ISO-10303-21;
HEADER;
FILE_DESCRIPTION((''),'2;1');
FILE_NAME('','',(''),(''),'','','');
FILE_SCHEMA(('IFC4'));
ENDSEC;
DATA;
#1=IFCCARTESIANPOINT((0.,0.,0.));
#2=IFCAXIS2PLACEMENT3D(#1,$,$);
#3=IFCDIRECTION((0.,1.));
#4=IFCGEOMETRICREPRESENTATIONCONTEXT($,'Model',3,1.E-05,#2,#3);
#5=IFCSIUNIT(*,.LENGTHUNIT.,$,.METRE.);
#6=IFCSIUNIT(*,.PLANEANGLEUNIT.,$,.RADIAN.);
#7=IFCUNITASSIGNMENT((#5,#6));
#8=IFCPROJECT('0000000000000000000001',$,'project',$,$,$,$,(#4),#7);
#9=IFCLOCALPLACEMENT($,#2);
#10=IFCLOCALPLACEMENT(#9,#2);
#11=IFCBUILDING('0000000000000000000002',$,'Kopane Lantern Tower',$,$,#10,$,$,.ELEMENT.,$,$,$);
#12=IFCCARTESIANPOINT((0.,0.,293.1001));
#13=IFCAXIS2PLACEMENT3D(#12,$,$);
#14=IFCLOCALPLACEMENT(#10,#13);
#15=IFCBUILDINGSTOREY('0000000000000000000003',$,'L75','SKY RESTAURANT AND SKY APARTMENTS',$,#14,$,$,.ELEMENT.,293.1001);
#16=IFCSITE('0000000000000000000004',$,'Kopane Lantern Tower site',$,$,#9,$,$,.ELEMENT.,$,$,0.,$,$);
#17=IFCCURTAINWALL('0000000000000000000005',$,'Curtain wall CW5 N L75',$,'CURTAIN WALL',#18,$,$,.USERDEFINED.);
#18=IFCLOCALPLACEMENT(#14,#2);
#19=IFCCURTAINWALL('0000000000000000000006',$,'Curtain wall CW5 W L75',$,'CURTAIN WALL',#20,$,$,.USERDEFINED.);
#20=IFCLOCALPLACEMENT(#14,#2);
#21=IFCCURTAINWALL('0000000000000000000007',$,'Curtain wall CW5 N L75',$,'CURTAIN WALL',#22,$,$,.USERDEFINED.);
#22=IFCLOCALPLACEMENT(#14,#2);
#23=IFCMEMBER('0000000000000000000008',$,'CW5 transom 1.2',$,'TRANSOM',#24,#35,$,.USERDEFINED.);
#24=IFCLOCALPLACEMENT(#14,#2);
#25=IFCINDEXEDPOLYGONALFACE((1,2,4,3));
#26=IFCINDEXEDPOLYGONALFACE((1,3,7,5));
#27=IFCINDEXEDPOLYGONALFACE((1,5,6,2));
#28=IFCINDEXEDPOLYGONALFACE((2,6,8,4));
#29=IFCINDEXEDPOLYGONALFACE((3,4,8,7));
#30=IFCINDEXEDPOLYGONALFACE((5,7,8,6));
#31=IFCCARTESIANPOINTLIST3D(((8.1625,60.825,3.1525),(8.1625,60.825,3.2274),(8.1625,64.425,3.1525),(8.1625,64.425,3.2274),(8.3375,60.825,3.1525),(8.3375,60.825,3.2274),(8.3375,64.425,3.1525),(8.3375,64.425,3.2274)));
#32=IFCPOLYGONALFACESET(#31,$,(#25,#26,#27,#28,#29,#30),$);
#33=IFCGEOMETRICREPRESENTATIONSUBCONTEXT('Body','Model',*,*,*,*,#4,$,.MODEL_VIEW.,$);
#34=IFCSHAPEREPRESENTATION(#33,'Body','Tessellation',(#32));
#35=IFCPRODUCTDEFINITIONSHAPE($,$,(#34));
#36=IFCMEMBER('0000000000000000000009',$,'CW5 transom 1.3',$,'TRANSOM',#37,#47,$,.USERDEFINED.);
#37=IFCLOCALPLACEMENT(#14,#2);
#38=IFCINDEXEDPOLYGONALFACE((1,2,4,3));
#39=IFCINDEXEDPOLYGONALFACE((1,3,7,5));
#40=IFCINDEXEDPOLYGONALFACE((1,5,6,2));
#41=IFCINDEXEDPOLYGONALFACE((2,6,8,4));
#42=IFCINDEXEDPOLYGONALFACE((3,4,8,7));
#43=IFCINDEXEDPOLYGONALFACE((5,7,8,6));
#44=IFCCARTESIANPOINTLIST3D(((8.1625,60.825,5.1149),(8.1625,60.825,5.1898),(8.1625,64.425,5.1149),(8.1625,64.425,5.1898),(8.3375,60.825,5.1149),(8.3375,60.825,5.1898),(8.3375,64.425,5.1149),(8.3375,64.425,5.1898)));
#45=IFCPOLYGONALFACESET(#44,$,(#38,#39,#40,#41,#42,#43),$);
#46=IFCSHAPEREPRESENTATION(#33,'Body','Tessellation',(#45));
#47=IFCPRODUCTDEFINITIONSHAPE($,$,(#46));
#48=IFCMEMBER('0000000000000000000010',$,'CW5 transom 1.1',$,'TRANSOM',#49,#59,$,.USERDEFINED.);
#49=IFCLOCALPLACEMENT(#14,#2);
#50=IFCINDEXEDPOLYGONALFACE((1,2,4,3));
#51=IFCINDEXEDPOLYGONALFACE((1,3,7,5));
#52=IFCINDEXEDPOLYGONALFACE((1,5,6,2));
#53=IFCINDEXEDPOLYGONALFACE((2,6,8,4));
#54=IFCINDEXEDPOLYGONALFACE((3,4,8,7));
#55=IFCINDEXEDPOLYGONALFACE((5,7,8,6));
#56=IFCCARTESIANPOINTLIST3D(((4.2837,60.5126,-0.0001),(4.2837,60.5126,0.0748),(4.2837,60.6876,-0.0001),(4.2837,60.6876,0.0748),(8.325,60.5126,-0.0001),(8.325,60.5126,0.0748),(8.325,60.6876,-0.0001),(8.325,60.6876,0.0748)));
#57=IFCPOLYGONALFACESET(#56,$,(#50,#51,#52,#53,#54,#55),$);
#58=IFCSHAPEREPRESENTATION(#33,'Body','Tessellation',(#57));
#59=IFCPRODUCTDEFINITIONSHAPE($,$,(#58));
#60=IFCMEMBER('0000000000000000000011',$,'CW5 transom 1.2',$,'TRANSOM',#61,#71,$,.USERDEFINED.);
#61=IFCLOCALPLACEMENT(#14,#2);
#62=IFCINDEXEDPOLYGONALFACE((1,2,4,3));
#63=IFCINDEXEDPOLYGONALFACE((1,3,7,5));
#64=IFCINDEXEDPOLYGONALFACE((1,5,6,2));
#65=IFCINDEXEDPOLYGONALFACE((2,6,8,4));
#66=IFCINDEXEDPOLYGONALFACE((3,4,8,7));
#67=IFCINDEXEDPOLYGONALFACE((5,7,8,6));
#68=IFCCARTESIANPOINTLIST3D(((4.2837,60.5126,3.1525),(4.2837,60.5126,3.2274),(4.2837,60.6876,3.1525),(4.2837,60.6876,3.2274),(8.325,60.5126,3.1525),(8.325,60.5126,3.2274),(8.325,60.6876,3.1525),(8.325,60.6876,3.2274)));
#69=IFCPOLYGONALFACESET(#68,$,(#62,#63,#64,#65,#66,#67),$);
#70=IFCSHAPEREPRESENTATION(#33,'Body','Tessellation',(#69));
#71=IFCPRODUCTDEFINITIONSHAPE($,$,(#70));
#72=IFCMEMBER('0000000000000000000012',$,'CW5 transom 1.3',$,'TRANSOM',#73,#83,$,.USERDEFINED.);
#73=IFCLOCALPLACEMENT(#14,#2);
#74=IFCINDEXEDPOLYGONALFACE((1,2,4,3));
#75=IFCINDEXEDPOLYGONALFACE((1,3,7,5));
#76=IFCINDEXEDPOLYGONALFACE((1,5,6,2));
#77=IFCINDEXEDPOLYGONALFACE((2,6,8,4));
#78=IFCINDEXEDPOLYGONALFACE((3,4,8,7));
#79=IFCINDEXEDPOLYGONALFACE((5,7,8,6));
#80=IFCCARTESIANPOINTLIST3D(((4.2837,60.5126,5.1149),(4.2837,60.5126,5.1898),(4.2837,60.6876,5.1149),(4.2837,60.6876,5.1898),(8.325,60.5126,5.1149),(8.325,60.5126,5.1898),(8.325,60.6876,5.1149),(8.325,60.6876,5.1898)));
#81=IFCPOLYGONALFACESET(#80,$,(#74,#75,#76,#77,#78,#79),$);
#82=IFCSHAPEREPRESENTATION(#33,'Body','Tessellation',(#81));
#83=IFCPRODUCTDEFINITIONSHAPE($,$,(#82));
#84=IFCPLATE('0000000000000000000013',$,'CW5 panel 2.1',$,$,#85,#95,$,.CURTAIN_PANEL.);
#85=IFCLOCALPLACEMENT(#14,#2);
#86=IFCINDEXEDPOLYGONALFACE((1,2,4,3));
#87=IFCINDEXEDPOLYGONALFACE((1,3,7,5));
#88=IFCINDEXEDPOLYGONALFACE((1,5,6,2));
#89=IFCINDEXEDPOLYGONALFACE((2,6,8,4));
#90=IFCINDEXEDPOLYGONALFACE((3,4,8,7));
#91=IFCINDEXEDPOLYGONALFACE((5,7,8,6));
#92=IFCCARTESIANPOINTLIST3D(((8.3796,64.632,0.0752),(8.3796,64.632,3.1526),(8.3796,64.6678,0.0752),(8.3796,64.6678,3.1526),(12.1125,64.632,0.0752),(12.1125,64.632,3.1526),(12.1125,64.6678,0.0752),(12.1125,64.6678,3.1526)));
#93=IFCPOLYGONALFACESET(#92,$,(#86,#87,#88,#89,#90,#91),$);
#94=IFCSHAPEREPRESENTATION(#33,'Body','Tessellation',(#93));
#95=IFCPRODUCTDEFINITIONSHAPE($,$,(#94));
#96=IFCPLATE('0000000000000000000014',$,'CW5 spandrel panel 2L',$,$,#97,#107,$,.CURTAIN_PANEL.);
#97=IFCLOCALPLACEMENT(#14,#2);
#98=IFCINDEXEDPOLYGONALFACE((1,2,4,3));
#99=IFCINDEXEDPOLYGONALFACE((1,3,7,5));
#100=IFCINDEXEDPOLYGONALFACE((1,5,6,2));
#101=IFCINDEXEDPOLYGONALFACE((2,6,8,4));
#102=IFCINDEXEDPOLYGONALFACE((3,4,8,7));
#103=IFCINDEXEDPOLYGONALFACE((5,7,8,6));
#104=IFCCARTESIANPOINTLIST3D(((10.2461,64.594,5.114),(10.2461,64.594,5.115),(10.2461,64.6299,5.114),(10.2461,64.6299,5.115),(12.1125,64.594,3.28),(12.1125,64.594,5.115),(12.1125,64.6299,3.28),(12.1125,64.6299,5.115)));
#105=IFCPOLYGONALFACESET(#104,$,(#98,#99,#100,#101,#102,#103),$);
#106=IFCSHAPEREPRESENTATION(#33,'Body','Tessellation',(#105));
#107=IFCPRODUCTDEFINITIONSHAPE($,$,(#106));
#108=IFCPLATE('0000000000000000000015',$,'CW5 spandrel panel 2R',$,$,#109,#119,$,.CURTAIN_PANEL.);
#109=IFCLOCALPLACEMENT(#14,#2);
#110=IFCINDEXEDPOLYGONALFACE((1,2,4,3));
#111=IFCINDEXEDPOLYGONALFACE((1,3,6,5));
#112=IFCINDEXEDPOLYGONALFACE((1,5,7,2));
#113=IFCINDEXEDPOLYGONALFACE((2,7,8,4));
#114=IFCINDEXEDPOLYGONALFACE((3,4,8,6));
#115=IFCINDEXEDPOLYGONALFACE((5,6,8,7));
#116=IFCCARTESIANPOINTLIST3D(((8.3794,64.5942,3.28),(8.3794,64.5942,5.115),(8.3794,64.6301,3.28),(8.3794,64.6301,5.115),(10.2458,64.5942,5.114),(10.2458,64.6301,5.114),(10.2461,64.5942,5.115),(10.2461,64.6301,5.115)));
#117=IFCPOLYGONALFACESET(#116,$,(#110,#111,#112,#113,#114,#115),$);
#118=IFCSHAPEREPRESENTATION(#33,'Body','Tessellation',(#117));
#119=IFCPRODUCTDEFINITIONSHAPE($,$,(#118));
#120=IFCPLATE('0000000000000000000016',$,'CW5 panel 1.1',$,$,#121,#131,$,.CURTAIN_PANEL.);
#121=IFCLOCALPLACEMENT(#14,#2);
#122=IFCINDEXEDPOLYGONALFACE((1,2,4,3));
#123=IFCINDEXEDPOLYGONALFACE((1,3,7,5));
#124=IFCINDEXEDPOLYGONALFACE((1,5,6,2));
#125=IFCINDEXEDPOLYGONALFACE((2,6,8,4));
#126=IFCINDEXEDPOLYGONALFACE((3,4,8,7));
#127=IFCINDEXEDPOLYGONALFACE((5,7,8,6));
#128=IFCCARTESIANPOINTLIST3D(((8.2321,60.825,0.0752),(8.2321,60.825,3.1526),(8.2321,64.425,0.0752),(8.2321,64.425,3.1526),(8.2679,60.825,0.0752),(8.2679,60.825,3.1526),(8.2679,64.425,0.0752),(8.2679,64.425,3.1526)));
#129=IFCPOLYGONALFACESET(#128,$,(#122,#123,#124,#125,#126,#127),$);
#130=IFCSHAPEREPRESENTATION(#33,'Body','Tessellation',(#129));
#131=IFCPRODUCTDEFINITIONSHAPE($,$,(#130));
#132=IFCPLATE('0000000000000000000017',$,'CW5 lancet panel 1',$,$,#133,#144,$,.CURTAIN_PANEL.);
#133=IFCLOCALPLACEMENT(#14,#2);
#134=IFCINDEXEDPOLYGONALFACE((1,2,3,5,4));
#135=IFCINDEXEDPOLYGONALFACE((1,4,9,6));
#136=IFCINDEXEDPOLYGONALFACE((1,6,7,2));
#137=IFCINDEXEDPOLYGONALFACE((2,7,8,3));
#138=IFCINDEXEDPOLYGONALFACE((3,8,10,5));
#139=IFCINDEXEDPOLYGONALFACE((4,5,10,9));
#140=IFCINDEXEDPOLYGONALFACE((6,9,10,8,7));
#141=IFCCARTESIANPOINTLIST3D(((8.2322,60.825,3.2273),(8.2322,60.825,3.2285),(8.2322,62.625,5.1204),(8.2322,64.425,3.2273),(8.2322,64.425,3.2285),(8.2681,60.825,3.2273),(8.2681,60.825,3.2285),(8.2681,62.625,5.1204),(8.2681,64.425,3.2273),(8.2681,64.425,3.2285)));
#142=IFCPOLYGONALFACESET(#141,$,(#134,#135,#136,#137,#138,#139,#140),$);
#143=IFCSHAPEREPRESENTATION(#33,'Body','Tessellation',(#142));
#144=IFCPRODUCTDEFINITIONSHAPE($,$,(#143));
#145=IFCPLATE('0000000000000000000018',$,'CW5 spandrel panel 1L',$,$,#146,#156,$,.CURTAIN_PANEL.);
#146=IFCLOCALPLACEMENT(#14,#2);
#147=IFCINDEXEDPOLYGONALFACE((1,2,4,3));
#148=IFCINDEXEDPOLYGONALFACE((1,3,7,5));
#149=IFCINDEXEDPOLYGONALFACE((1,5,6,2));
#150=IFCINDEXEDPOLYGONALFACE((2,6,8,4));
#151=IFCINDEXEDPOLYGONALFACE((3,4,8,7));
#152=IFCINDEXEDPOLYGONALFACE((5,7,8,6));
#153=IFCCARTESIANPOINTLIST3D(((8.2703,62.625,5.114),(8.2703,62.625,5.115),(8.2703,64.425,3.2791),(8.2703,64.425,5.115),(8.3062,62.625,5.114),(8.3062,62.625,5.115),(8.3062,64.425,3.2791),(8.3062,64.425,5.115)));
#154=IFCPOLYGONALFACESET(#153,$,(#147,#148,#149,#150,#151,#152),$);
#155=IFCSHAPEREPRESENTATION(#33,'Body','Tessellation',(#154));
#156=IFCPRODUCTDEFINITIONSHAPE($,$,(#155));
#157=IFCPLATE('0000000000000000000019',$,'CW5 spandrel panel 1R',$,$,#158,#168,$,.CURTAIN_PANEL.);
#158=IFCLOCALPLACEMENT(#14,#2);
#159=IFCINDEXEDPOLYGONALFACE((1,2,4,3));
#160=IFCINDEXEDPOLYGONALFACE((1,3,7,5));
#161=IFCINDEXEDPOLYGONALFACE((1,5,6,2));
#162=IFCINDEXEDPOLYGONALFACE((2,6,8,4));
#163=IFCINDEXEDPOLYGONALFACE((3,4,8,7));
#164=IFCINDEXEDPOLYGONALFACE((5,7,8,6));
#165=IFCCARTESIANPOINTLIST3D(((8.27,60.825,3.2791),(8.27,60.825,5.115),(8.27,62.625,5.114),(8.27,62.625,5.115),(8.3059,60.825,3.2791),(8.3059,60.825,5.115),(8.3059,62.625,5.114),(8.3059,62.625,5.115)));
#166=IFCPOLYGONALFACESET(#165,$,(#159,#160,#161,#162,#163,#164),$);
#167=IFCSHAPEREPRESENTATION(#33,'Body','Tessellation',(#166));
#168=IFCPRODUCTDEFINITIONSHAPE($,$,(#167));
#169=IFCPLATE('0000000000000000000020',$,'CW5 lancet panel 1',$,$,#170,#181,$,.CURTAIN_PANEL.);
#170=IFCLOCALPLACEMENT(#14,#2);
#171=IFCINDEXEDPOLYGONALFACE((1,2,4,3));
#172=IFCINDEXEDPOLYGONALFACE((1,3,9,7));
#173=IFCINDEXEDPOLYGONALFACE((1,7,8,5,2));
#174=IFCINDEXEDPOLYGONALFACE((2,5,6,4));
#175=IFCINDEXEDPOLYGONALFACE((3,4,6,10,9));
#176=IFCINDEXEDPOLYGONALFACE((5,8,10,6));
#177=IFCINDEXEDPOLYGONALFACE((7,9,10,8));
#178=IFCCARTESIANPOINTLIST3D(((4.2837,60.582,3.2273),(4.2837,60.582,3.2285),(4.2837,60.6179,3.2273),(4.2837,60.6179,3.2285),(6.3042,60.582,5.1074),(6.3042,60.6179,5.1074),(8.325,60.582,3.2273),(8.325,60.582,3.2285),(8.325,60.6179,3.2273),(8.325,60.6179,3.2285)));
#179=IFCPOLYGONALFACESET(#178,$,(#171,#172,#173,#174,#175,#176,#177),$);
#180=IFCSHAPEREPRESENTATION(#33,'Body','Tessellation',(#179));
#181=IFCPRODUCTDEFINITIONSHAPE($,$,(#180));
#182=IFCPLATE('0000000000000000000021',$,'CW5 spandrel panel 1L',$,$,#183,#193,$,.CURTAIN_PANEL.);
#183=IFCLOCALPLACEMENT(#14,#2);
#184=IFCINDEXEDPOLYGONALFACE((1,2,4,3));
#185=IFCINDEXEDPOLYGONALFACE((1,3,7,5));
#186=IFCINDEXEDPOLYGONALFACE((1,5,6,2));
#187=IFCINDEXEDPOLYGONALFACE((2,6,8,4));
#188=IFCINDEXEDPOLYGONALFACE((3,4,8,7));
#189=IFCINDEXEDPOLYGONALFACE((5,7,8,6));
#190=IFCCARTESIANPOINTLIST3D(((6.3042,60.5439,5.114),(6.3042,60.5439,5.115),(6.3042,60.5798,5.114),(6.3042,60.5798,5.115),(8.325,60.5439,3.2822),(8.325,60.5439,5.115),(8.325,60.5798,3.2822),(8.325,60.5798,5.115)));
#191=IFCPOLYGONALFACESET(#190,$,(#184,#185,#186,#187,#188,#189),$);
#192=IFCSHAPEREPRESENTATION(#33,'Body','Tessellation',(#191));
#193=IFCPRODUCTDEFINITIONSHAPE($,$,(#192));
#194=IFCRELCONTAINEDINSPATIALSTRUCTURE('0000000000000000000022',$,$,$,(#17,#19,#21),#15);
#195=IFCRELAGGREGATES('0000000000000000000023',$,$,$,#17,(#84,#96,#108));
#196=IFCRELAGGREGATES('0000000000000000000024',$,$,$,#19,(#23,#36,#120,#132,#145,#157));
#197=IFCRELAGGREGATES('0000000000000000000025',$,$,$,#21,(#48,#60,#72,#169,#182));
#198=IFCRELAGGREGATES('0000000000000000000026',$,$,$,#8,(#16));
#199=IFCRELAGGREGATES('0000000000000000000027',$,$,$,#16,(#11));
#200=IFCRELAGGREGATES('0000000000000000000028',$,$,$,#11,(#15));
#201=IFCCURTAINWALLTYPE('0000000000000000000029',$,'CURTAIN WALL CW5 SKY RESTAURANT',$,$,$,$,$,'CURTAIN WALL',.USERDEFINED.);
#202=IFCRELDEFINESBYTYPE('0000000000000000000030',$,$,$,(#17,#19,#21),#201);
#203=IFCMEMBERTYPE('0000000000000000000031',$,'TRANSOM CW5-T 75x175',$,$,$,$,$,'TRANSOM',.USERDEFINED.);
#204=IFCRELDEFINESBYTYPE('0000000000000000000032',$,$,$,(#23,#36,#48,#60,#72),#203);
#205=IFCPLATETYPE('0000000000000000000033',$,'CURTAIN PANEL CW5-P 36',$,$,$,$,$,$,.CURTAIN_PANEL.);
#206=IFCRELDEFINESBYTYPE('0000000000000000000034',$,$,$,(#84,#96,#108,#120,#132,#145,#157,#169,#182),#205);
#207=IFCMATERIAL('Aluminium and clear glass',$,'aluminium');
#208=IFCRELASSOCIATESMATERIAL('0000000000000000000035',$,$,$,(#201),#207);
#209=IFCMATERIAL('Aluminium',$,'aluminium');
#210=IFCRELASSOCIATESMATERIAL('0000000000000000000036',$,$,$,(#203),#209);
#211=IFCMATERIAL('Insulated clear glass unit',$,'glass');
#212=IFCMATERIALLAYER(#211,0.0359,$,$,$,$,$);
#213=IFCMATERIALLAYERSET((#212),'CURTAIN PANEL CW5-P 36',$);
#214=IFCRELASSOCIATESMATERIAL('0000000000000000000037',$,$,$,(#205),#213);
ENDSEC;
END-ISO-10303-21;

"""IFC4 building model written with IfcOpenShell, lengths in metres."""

from ifc_helpers import new_model, si_unit, direction, frame, origin, origin_2d, place, context, subcontext, project, spatial, polyline, rectangle, outline, extrude, material, layer, layer_set, material_profile, profile_set, type_object, element, aggregate, save


model = new_model("IFC4")

# Units and contexts
model_context = context("Model", 3, precision=1e-05, world=origin(), true_north=direction((0.0, 1.0)))
body_context = subcontext(model_context, "Body", "Model", "MODEL_VIEW")
ifc_project = project(units=[si_unit("LENGTHUNIT", "METRE"), si_unit("PLANEANGLEUNIT", "RADIAN")], contexts=[model_context])

# Site, building, storey
site_placement = place(None, origin())
site = spatial("IfcSite", under=ifc_project, at=site_placement, Name="Kopane Lantern Tower site", CompositionType="ELEMENT", RefElevation=0.0)
building_placement = place(site_placement, origin())
building = spatial("IfcBuilding", under=site, at=building_placement, Name="Kopane Lantern Tower", CompositionType="ELEMENT")
storey_placement = place(building_placement, frame((0.0, 0.0, 293.1001)))
storey = spatial("IfcBuildingStorey", under=building, at=storey_placement, Name="L75", Description="SKY RESTAURANT AND SKY APARTMENTS", CompositionType="ELEMENT", Elevation=293.1001)

# Curtain walls
ifc_material_1 = material(Name="Aluminium and clear glass", Category="aluminium")
curtain_wall_type = type_object("IfcCurtainWallType", Name="CURTAIN WALL CW5 SKY RESTAURANT", ElementType="CURTAIN WALL", PredefinedType="USERDEFINED", material=ifc_material_1)
curtain_wall_1_placement = place(storey_placement, origin())
curtain_wall_1 = element("IfcCurtainWall", 1, at=curtain_wall_1_placement, inside=storey, type_object=curtain_wall_type, Name="Curtain wall CW5 N L75", ObjectType="CURTAIN WALL", PredefinedType="USERDEFINED")
curtain_wall_2_placement = place(storey_placement, origin())
curtain_wall_2 = element("IfcCurtainWall", 2, at=curtain_wall_2_placement, inside=storey, type_object=curtain_wall_type, Name="Curtain wall CW5 W L75", ObjectType="CURTAIN WALL", PredefinedType="USERDEFINED")
curtain_wall_3_placement = place(storey_placement, origin())
curtain_wall_3 = element("IfcCurtainWall", 3, at=curtain_wall_3_placement, inside=storey, type_object=curtain_wall_type, Name="Curtain wall CW5 N L75", ObjectType="CURTAIN WALL", PredefinedType="USERDEFINED")

# Members
ifc_material_2 = material(Name="Aluminium", Category="aluminium")
ifc_material_profile_1 = material_profile(ifc_material_2, rectangle(XDim=0.175, YDim=0.075, at=origin_2d()), Name="AL 175x75")
ifc_profile_set_1 = profile_set([ifc_material_profile_1], Name="Aluminium")
member_type_1 = type_object("IfcMemberType", Name="TRANSOM CW5-T 75x175", ElementType="TRANSOM", PredefinedType="USERDEFINED", material=ifc_profile_set_1)
member_1_placement = place(storey_placement, frame((8.25, 64.425, 3.1899), z_axis=(0.0, -1.0, 0.0), x_axis=(1.0, 0.0, 0.0)))
member_1 = element("IfcMember", 4, at=member_1_placement, type_object=member_type_1, Name="CW5 transom 1.2", ObjectType="TRANSOM", PredefinedType="USERDEFINED", context=body_context, shape_type="SweptSolid", body=[
    extrude(rectangle(XDim=0.175, YDim=0.075, at=origin_2d()), origin(), (0.0, 0.0, 1.0), 3.6001),
])
member_2_placement = place(storey_placement, frame((8.25, 64.425, 5.1523), z_axis=(0.0, -1.0, 0.0), x_axis=(1.0, 0.0, 0.0)))
member_2 = element("IfcMember", 5, at=member_2_placement, type_object=member_type_1, Name="CW5 transom 1.3", ObjectType="TRANSOM", PredefinedType="USERDEFINED", context=body_context, shape_type="SweptSolid", body=[
    extrude(rectangle(XDim=0.175, YDim=0.075, at=origin_2d()), origin(), (0.0, 0.0, 1.0), 3.6001),
])
member_3_placement = place(storey_placement, frame((8.325, 60.6001, 0.0374), z_axis=(-1.0, 0.0, 0.0), x_axis=(0.0, -1.0, 0.0)))
member_3 = element("IfcMember", 6, at=member_3_placement, type_object=member_type_1, Name="CW5 transom 1.1", ObjectType="TRANSOM", PredefinedType="USERDEFINED", context=body_context, shape_type="SweptSolid", body=[
    extrude(rectangle(XDim=0.175, YDim=0.075, at=origin_2d()), origin(), (0.0, 0.0, 1.0), 4.0413),
])
member_4_placement = place(storey_placement, frame((8.325, 60.6001, 3.1899), z_axis=(-1.0, 0.0, 0.0), x_axis=(0.0, -1.0, 0.0)))
member_4 = element("IfcMember", 7, at=member_4_placement, type_object=member_type_1, Name="CW5 transom 1.2", ObjectType="TRANSOM", PredefinedType="USERDEFINED", context=body_context, shape_type="SweptSolid", body=[
    extrude(rectangle(XDim=0.175, YDim=0.075, at=origin_2d()), origin(), (0.0, 0.0, 1.0), 4.0413),
])
member_5_placement = place(storey_placement, frame((8.325, 60.6001, 5.1523), z_axis=(-1.0, 0.0, 0.0), x_axis=(0.0, -1.0, 0.0)))
member_5 = element("IfcMember", 8, at=member_5_placement, type_object=member_type_1, Name="CW5 transom 1.3", ObjectType="TRANSOM", PredefinedType="USERDEFINED", context=body_context, shape_type="SweptSolid", body=[
    extrude(rectangle(XDim=0.175, YDim=0.075, at=origin_2d()), origin(), (0.0, 0.0, 1.0), 4.0413),
])

# Plates
ifc_material_3 = material(Name="Insulated clear glass unit", Category="glass")
ifc_layer_1 = layer(ifc_material_3, 0.0359)
ifc_layer_set_1 = layer_set([ifc_layer_1], Name="CURTAIN PANEL CW5-P 36")
plate_type = type_object("IfcPlateType", Name="CURTAIN PANEL CW5-P 36", PredefinedType="CURTAIN_PANEL", material=ifc_layer_set_1)
plate_1_placement = place(storey_placement, frame((10.2461, 64.6499, 0.0752), z_axis=(0.0, 0.0, 1.0), x_axis=(-1.0, 0.0, 0.0)))
plate_1 = element("IfcPlate", 9, at=plate_1_placement, type_object=plate_type, Name="CW5 panel 2.1", PredefinedType="CURTAIN_PANEL", context=body_context, shape_type="SweptSolid", body=[
    extrude(rectangle(XDim=3.7329, YDim=0.0359, at=origin_2d()), origin(), (0.0, 0.0, 1.0), 3.0774),
])
plate_2_placement = place(storey_placement, frame((12.1125, 64.6121, 5.115), z_axis=(0.0, 0.0, 1.0), x_axis=(-1.0, 0.0, 0.0)))
plate_2 = element("IfcPlate", 10, at=plate_2_placement, type_object=plate_type, Name="CW5 spandrel panel 2L", PredefinedType="CURTAIN_PANEL", context=body_context, shape_type="SweptSolid", body=[
    extrude(outline(polyline([(0.0, 0.0), (1.8665, 0.0), (1.8665, -0.001), (0.0, -1.835), (0.0, 0.0)])), frame((0.0, 0.0181, 0.0), z_axis=(0.0, -1.0, 0.0), x_axis=(1.0, 0.0, 0.0)), (0.0, 0.0, 1.0), 0.0359),
])
plate_3_placement = place(storey_placement, frame((8.3794, 64.6121, 5.115), z_axis=(0.0, 0.0, 1.0), x_axis=(1.0, 0.0, 0.0)))
plate_3 = element("IfcPlate", 11, at=plate_3_placement, type_object=plate_type, Name="CW5 spandrel panel 2R", PredefinedType="CURTAIN_PANEL", context=body_context, shape_type="SweptSolid", body=[
    extrude(outline(polyline([(0.0, 0.0), (1.8667, 0.0), (1.8665, -0.001), (0.0, -1.835), (0.0, 0.0)])), frame((0.0, 0.0181, 0.0), z_axis=(0.0, -1.0, 0.0), x_axis=(1.0, 0.0, 0.0)), (0.0, 0.0, 1.0), 0.0359),
])
aggregate(curtain_wall_1, [plate_1, plate_2, plate_3])
plate_4_placement = place(storey_placement, frame((8.25, 62.625, 0.0752), z_axis=(0.0, 0.0, 1.0), x_axis=(0.0, -1.0, 0.0)))
plate_4 = element("IfcPlate", 12, at=plate_4_placement, type_object=plate_type, Name="CW5 panel 1.1", PredefinedType="CURTAIN_PANEL", context=body_context, shape_type="SweptSolid", body=[
    extrude(rectangle(XDim=3.6001, YDim=0.0359, at=origin_2d()), origin(), (0.0, 0.0, 1.0), 3.0774),
])
plate_5_placement = place(storey_placement, frame((8.25, 64.425, 3.2273), z_axis=(0.0, 0.0, 1.0), x_axis=(0.0, -1.0, 0.0)))
plate_5 = element("IfcPlate", 13, at=plate_5_placement, type_object=plate_type, Name="CW5 lancet panel 1", PredefinedType="CURTAIN_PANEL", context=body_context, shape_type="SweptSolid", body=[
    extrude(outline(polyline([(0.0, 0.0), (3.6001, 0.0), (3.6001, 0.0012), (1.8, 1.8931), (0.0, 0.0012), (0.0, 0.0)])), frame((0.0, 0.0181, 0.0), z_axis=(0.0, -1.0, 0.0), x_axis=(1.0, 0.0, 0.0)), (0.0, 0.0, 1.0), 0.0359),
])
plate_6_placement = place(storey_placement, frame((8.2881, 64.425, 5.115), z_axis=(0.0, 0.0, 1.0), x_axis=(0.0, -1.0, 0.0)))
plate_6 = element("IfcPlate", 14, at=plate_6_placement, type_object=plate_type, Name="CW5 spandrel panel 1L", PredefinedType="CURTAIN_PANEL", context=body_context, shape_type="SweptSolid", body=[
    extrude(outline(polyline([(0.0, 0.0), (1.8, 0.0), (1.8, -0.001), (0.0, -1.8359), (0.0, 0.0)])), frame((0.0, 0.0181, 0.0), z_axis=(0.0, -1.0, 0.0), x_axis=(1.0, 0.0, 0.0)), (0.0, 0.0, 1.0), 0.0359),
])
plate_7_placement = place(storey_placement, frame((8.2881, 60.825, 5.115), z_axis=(0.0, 0.0, 1.0), x_axis=(0.0, 1.0, 0.0)))
plate_7 = element("IfcPlate", 15, at=plate_7_placement, type_object=plate_type, Name="CW5 spandrel panel 1R", PredefinedType="CURTAIN_PANEL", context=body_context, shape_type="SweptSolid", body=[
    extrude(outline(polyline([(0.0, 0.0), (1.8, 0.0), (1.8, -0.001), (0.0, -1.8359), (0.0, 0.0)])), frame((0.0, 0.0181, 0.0), z_axis=(0.0, -1.0, 0.0), x_axis=(1.0, 0.0, 0.0)), (0.0, 0.0, 1.0), 0.0359),
])
aggregate(curtain_wall_2, [member_1, member_2, plate_4, plate_5, plate_6, plate_7])
plate_8_placement = place(storey_placement, frame((8.325, 60.6001, 3.2273), z_axis=(0.0, 0.0, 1.0), x_axis=(-1.0, 0.0, 0.0)))
plate_8 = element("IfcPlate", 16, at=plate_8_placement, type_object=plate_type, Name="CW5 lancet panel 1", PredefinedType="CURTAIN_PANEL", context=body_context, shape_type="SweptSolid", body=[
    extrude(outline(polyline([(0.0, 0.0), (4.0413, 0.0), (4.0413, 0.0012), (2.0208, 1.8801), (0.0, 0.0012), (0.0, 0.0)])), frame((0.0, 0.0181, 0.0), z_axis=(0.0, -1.0, 0.0), x_axis=(1.0, 0.0, 0.0)), (0.0, 0.0, 1.0), 0.0359),
])
plate_9_placement = place(storey_placement, frame((8.325, 60.562, 5.115), z_axis=(0.0, 0.0, 1.0), x_axis=(-1.0, 0.0, 0.0)))
plate_9 = element("IfcPlate", 17, at=plate_9_placement, type_object=plate_type, Name="CW5 spandrel panel 1L", PredefinedType="CURTAIN_PANEL", context=body_context, shape_type="SweptSolid", body=[
    extrude(outline(polyline([(0.0, 0.0), (2.0208, 0.0), (2.0208, -0.001), (0.0, -1.8328), (0.0, 0.0)])), frame((0.0, 0.0181, 0.0), z_axis=(0.0, -1.0, 0.0), x_axis=(1.0, 0.0, 0.0)), (0.0, 0.0, 1.0), 0.0359),
])
aggregate(curtain_wall_3, [member_3, member_4, member_5, plate_8, plate_9])

save(model, "model.ifc")
